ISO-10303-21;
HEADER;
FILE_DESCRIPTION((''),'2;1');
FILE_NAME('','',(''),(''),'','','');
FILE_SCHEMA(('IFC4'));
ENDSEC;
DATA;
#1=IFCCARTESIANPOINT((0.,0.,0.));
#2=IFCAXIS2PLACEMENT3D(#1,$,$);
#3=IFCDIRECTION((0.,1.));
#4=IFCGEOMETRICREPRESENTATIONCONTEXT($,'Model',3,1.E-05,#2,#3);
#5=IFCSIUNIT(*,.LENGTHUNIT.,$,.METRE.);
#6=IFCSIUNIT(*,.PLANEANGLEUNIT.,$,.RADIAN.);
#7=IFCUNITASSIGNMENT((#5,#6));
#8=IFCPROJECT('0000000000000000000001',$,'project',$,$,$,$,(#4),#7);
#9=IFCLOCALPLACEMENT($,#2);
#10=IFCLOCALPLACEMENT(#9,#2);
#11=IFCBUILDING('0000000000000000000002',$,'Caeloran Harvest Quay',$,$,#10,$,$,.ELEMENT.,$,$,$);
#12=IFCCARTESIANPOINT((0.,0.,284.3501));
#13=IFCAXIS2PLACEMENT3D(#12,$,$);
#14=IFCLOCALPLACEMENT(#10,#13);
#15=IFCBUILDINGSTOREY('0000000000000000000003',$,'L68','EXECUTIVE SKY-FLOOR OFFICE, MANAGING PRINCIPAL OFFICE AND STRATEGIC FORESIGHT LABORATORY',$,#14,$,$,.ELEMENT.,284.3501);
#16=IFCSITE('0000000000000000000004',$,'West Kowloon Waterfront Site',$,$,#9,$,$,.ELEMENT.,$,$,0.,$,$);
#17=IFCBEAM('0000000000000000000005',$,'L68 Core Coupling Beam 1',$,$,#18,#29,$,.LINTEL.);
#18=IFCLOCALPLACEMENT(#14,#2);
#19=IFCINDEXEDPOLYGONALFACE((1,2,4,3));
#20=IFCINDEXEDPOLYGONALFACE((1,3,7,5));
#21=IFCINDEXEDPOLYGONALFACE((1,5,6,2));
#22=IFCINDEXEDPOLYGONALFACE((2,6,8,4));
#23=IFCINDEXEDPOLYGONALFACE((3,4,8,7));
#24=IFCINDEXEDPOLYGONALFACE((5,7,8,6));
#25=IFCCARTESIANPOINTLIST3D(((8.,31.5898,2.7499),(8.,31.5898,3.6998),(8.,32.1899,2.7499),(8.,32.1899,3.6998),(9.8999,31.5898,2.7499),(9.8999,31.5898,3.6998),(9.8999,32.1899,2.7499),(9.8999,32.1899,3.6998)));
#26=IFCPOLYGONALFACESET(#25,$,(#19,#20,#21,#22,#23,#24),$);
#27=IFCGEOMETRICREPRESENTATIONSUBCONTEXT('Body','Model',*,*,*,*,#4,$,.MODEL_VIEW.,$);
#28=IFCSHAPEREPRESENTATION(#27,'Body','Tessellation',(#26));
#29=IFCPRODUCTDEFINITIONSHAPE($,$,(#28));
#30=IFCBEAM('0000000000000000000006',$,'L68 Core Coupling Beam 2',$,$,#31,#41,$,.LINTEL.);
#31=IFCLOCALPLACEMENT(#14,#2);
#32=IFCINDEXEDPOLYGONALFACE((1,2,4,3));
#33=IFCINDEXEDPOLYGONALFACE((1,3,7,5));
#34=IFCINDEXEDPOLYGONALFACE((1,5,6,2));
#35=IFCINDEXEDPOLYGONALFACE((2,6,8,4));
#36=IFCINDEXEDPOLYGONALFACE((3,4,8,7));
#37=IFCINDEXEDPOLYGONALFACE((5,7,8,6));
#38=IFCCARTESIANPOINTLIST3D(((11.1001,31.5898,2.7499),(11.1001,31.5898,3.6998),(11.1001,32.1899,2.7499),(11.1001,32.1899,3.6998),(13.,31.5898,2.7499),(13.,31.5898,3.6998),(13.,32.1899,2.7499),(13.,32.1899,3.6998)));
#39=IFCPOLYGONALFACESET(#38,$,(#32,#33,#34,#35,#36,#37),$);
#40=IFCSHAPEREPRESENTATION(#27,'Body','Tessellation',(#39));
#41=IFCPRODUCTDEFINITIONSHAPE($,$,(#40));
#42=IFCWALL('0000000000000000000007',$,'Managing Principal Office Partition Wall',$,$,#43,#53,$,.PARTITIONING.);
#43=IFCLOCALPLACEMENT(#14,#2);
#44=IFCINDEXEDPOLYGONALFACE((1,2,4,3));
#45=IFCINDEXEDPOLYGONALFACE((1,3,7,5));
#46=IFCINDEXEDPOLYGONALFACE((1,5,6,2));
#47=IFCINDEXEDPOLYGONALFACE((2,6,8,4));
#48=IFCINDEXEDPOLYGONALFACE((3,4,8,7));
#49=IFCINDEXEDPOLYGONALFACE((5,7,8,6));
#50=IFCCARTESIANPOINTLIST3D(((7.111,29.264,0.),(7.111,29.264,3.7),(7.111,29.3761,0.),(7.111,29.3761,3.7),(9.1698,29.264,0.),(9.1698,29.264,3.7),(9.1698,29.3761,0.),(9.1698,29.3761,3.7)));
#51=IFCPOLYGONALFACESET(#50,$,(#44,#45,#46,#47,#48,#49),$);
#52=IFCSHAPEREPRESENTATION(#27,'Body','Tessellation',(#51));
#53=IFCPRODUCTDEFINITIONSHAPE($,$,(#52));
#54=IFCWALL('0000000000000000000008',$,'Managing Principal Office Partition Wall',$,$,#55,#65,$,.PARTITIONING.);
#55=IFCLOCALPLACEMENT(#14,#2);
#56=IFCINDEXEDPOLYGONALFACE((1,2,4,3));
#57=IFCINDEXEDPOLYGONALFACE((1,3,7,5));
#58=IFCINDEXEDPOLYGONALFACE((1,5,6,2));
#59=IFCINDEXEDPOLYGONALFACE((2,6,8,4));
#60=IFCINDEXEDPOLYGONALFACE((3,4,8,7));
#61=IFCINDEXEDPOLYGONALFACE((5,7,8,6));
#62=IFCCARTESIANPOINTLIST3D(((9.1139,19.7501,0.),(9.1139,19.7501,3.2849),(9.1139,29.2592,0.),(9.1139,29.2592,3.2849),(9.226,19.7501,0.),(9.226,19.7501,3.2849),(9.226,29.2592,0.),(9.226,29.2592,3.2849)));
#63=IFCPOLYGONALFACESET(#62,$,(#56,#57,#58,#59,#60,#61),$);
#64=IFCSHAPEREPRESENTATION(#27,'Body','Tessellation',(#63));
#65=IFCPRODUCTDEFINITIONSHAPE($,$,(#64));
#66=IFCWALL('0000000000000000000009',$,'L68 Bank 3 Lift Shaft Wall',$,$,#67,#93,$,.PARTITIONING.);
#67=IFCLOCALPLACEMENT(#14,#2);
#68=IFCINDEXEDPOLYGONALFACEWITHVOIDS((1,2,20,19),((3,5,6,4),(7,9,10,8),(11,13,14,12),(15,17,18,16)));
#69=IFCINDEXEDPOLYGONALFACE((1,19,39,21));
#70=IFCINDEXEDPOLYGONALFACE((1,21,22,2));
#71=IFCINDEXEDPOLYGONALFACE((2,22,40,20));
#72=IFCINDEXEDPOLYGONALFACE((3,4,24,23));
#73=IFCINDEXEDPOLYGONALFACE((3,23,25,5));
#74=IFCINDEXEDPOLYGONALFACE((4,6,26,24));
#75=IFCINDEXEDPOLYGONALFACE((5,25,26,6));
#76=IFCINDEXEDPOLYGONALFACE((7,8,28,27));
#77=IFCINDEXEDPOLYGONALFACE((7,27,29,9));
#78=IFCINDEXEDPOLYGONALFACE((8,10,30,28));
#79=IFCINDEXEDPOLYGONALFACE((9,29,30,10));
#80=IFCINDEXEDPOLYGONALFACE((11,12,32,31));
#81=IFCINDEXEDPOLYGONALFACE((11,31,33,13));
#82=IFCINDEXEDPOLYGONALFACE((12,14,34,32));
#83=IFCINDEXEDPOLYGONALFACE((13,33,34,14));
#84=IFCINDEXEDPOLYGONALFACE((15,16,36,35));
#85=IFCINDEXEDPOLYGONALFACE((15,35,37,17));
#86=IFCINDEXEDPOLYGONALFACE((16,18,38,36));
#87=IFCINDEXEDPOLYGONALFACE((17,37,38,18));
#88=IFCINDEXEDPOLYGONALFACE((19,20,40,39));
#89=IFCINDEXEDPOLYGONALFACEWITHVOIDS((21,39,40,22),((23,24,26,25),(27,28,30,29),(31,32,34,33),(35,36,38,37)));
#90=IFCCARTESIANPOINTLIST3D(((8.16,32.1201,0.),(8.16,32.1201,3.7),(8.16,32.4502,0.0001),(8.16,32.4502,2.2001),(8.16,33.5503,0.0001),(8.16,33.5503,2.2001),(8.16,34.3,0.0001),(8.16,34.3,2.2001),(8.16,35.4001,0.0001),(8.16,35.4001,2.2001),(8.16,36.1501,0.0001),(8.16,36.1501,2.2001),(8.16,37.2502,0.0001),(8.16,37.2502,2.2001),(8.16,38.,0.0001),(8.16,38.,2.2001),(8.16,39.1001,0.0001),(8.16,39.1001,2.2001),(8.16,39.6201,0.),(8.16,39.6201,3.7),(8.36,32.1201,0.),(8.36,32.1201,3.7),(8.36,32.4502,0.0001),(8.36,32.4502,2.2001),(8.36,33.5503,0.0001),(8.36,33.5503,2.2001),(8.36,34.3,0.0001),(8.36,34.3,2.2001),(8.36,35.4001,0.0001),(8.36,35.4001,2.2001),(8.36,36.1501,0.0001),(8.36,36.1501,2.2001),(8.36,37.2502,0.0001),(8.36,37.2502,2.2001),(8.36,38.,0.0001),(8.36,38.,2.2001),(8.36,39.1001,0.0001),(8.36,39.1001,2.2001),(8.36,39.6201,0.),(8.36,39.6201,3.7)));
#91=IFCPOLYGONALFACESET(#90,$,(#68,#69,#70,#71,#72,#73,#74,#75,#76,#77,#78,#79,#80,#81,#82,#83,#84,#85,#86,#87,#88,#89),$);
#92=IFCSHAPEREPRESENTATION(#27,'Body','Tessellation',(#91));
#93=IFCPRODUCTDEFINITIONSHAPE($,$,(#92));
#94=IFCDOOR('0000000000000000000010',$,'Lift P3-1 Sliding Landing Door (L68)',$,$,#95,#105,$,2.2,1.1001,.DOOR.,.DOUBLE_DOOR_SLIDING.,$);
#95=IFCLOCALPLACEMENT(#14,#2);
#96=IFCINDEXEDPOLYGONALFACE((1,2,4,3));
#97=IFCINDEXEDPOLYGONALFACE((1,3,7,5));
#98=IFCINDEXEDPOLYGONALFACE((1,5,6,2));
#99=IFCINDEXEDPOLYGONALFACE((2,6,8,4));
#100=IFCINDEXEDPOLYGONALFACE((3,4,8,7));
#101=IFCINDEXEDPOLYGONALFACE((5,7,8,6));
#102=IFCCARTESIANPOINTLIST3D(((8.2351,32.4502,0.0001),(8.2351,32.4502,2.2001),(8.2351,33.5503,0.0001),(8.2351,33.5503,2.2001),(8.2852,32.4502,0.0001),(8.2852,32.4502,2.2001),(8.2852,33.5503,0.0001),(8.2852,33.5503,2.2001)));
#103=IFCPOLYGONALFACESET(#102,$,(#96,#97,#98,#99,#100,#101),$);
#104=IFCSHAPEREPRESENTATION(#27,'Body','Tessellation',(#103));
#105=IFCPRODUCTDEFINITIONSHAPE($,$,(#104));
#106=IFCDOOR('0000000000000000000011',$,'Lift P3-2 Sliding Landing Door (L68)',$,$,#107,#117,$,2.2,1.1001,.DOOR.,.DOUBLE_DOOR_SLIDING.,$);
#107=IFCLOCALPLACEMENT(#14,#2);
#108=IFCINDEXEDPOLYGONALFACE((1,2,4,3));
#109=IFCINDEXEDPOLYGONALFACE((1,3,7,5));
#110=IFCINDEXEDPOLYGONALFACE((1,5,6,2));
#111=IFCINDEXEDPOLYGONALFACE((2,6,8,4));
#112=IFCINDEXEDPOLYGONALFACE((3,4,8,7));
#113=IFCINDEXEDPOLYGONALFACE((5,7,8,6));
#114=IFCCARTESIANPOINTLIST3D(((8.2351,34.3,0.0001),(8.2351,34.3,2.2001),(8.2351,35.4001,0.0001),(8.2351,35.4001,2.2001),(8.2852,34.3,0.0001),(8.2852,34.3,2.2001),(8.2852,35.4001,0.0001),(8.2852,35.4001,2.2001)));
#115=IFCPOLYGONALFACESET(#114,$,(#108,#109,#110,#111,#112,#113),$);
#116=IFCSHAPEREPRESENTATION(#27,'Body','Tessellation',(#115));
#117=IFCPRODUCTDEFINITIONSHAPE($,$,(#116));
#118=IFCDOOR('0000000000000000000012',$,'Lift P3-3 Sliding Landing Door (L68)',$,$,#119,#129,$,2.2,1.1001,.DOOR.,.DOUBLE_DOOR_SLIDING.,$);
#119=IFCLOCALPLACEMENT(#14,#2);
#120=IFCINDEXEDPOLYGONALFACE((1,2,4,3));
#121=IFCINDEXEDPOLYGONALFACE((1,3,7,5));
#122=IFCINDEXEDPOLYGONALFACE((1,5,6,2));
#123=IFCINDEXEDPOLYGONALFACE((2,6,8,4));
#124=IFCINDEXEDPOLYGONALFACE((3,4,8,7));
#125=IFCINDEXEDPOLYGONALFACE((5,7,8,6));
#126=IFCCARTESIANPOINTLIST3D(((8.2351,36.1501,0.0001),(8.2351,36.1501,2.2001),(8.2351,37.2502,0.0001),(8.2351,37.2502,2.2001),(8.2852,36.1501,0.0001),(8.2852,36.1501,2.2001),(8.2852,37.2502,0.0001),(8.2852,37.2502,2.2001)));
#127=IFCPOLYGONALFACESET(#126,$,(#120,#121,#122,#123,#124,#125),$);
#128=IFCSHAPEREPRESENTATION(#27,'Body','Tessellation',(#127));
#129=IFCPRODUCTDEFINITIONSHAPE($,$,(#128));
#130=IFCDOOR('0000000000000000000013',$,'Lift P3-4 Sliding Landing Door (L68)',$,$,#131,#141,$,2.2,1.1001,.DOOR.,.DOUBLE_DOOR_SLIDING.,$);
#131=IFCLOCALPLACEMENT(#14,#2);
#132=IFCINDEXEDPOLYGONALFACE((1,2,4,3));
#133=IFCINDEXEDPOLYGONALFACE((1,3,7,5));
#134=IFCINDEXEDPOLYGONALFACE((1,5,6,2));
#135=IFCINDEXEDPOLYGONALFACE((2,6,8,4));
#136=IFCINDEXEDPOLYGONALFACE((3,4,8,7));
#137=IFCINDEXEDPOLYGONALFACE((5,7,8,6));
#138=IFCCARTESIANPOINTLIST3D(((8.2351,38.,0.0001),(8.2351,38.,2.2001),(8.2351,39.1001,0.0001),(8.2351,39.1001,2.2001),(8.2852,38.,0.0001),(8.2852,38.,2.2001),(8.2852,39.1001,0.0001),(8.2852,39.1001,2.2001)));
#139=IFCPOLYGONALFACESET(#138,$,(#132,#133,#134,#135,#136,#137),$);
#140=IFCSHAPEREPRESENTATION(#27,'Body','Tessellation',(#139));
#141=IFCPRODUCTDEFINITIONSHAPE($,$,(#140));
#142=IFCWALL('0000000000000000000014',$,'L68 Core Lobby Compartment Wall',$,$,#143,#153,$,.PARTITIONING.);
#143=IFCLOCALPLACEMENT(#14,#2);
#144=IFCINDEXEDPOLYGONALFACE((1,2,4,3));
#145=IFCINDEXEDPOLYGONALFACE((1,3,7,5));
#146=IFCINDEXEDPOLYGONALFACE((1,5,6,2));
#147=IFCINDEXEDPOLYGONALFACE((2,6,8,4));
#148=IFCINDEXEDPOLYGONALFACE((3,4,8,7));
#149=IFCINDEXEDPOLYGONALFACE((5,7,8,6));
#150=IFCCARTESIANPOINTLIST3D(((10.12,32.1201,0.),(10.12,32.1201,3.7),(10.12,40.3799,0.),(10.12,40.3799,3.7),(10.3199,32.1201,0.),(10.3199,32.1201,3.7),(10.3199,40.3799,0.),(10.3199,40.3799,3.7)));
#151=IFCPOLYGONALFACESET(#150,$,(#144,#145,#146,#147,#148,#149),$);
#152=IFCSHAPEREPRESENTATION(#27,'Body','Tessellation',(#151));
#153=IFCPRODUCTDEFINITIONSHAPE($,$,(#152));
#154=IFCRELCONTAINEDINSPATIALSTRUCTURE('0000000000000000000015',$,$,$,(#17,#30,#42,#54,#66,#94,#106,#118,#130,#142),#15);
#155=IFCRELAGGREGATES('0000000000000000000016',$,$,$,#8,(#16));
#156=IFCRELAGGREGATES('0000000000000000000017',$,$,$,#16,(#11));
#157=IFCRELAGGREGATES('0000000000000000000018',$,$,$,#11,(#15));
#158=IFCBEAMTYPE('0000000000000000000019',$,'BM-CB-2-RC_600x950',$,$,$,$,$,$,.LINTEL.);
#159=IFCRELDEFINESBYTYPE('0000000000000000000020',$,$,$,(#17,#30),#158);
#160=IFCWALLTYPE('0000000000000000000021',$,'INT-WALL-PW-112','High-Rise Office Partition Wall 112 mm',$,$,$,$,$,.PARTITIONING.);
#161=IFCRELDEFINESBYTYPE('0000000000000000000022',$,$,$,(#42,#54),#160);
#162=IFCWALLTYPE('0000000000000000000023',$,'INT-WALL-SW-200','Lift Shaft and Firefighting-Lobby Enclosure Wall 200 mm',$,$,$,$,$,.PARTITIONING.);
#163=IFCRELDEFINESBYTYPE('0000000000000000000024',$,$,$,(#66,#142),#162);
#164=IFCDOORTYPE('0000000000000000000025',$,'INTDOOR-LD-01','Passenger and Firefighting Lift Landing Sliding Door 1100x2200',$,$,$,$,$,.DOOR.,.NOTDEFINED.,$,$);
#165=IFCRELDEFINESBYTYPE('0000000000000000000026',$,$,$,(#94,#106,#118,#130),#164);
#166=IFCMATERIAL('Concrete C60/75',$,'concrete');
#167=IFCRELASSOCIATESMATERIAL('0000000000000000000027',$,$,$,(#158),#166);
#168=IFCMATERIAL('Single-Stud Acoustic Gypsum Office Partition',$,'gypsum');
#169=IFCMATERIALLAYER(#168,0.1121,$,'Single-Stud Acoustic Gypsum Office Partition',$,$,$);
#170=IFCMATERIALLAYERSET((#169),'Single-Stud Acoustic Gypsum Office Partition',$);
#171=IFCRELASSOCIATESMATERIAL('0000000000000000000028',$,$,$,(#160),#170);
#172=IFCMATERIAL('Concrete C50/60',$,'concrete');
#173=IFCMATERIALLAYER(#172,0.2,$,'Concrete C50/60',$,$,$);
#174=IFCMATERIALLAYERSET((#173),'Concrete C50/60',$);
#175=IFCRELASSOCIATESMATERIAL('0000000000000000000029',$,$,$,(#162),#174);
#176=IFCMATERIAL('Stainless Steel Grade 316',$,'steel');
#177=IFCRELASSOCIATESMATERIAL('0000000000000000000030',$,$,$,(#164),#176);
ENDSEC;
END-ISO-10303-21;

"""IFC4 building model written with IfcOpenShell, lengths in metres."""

from ifc_helpers import new_model, si_unit, direction, frame, frame_2d, origin, origin_2d, place, context, subcontext, project, spatial, rectangle, extrude, material, layer, layer_set, material_profile, profile_set, type_object, element, fill, save


model = new_model("IFC4")

# Units and contexts
model_context = context("Model", 3, precision=1e-05, world=origin(), true_north=direction((0.0, 1.0)))
body_context = subcontext(model_context, "Body", "Model", "MODEL_VIEW")
ifc_project = project(units=[si_unit("LENGTHUNIT", "METRE"), si_unit("PLANEANGLEUNIT", "RADIAN")], contexts=[model_context])

# Site, building, storey
site_placement = place(None, origin())
site = spatial("IfcSite", under=ifc_project, at=site_placement, Name="West Kowloon Waterfront Site", CompositionType="ELEMENT", RefElevation=0.0)
building_placement = place(site_placement, origin())
building = spatial("IfcBuilding", under=site, at=building_placement, Name="Caeloran Harvest Quay", CompositionType="ELEMENT")
storey_placement = place(building_placement, frame((0.0, 0.0, 284.3501)))
storey = spatial("IfcBuildingStorey", under=building, at=storey_placement, Name="L68", Description="EXECUTIVE SKY-FLOOR OFFICE, MANAGING PRINCIPAL OFFICE AND STRATEGIC FORESIGHT LABORATORY", CompositionType="ELEMENT", Elevation=284.3501)

# Beams
ifc_material_1 = material(Name="Concrete C60/75", Category="concrete")
ifc_material_profile = material_profile(ifc_material_1, rectangle(XDim=0.6001, YDim=0.95, at=origin_2d()), Name="RC 600x950")
ifc_profile_set = profile_set([ifc_material_profile], Name="Concrete C60/75")
beam_type = type_object("IfcBeamType", Name="BM-CB-2-RC_600x950", PredefinedType="LINTEL", material=ifc_profile_set)
for number, where, z_axis, x_axis, name in (
    (1, (8.0, 31.8899, 3.2249), (1.0, 0.0, 0.0), (0.0, 1.0, 0.0), "L68 Core Coupling Beam 1"),
    (2, (11.1001, 31.8899, 3.2249), (1.0, 0.0, 0.0), (0.0, 1.0, 0.0), "L68 Core Coupling Beam 2"),
):
    element("IfcBeam", number, at=place(storey_placement, frame(where, z_axis=z_axis, x_axis=x_axis)), inside=storey, type_object=beam_type, Name=name, PredefinedType="LINTEL", context=body_context, shape_type="SweptSolid", body=[
        extrude(rectangle(XDim=0.6001, YDim=0.95, at=origin_2d()), origin(), (0.0, 0.0, 1.0), 1.8999),
    ])

# Walls
ifc_material_2 = material(Name="Single-Stud Acoustic Gypsum Office Partition", Category="gypsum")
ifc_layer_1 = layer(ifc_material_2, 0.1121, Name="Single-Stud Acoustic Gypsum Office Partition")
ifc_layer_set_1 = layer_set([ifc_layer_1], Name="Single-Stud Acoustic Gypsum Office Partition")
wall_type_1 = type_object("IfcWallType", Name="INT-WALL-PW-112", Description="High-Rise Office Partition Wall 112 mm", PredefinedType="PARTITIONING", material=ifc_layer_set_1)
wall_1_placement = place(storey_placement, frame((7.1111, 29.3201, 0.0), z_axis=(0.0, 0.0, 1.0), x_axis=(1.0, 0.0, 0.0)))
element("IfcWall", 3, at=wall_1_placement, inside=storey, type_object=wall_type_1, Name="Managing Principal Office Partition Wall", PredefinedType="PARTITIONING", context=body_context, shape_type="SweptSolid", body=[
    extrude(rectangle(XDim=2.0588, YDim=0.1121, at=frame_2d((1.0293, 0.0))), origin(), (0.0, 0.0, 1.0), 3.7),
])
wall_2_placement = place(storey_placement, frame((9.1699, 29.259, 0.0), z_axis=(0.0, 0.0, 1.0), x_axis=(0.0, -1.0, 0.0)))
element("IfcWall", 4, at=wall_2_placement, inside=storey, type_object=wall_type_1, Name="Managing Principal Office Partition Wall", PredefinedType="PARTITIONING", context=body_context, shape_type="SweptSolid", body=[
    extrude(rectangle(XDim=9.509, YDim=0.1121, at=frame_2d((4.7544, 0.0))), origin(), (0.0, 0.0, 1.0), 3.2849),
])

# Wall, openings, doors
ifc_material_3 = material(Name="Concrete C50/60", Category="concrete")
ifc_layer_2 = layer(ifc_material_3, 0.2, Name="Concrete C50/60")
ifc_layer_set_2 = layer_set([ifc_layer_2], Name="Concrete C50/60")
wall_type_2 = type_object("IfcWallType", Name="INT-WALL-SW-200", Description="Lift Shaft and Firefighting-Lobby Enclosure Wall 200 mm", PredefinedType="PARTITIONING", material=ifc_layer_set_2)
wall_3_placement = place(storey_placement, frame((8.26, 32.1201, 0.0), z_axis=(0.0, 0.0, 1.0), x_axis=(0.0, 1.0, 0.0)))
wall_3 = element("IfcWall", 5, at=wall_3_placement, inside=storey, type_object=wall_type_2, Name="L68 Bank 3 Lift Shaft Wall", PredefinedType="PARTITIONING", context=body_context, shape_type="SweptSolid", body=[
    extrude(rectangle(XDim=7.5, YDim=0.2, at=frame_2d((3.75, 0.0))), origin(), (0.0, 0.0, 1.0), 3.7),
])
opening_1_placement = place(wall_3_placement, frame((0.3301, 0.0, 0.0)))
opening_1 = element("IfcOpeningElement", 6, at=opening_1_placement, cuts=wall_3, PredefinedType="OPENING", context=body_context, shape_type="SweptSolid", body=[
    extrude(rectangle(XDim=1.1001, YDim=2.2, at=frame_2d((0.55, 1.1001))), frame((0.0, 0.1099, 0.0), z_axis=(0.0, -1.0, 0.0), x_axis=(1.0, 0.0, 0.0)), (0.0, 0.0, 1.0), 0.22),
])
opening_2_placement = place(wall_3_placement, frame((2.1799, 0.0, 0.0)))
opening_2 = element("IfcOpeningElement", 7, at=opening_2_placement, cuts=wall_3, PredefinedType="OPENING", context=body_context, shape_type="SweptSolid", body=[
    extrude(rectangle(XDim=1.1001, YDim=2.2, at=frame_2d((0.55, 1.1001))), frame((0.0, 0.1099, 0.0), z_axis=(0.0, -1.0, 0.0), x_axis=(1.0, 0.0, 0.0)), (0.0, 0.0, 1.0), 0.22),
])
opening_3_placement = place(wall_3_placement, frame((4.03, 0.0, 0.0)))
opening_3 = element("IfcOpeningElement", 8, at=opening_3_placement, cuts=wall_3, PredefinedType="OPENING", context=body_context, shape_type="SweptSolid", body=[
    extrude(rectangle(XDim=1.1001, YDim=2.2, at=frame_2d((0.55, 1.1001))), frame((0.0, 0.1099, 0.0), z_axis=(0.0, -1.0, 0.0), x_axis=(1.0, 0.0, 0.0)), (0.0, 0.0, 1.0), 0.22),
])
opening_4_placement = place(wall_3_placement, frame((5.8799, 0.0, 0.0)))
opening_4 = element("IfcOpeningElement", 9, at=opening_4_placement, cuts=wall_3, PredefinedType="OPENING", context=body_context, shape_type="SweptSolid", body=[
    extrude(rectangle(XDim=1.1001, YDim=2.2, at=frame_2d((0.55, 1.1001))), frame((0.0, 0.1099, 0.0), z_axis=(0.0, -1.0, 0.0), x_axis=(1.0, 0.0, 0.0)), (0.0, 0.0, 1.0), 0.22),
])
ifc_material_4 = material(Name="Stainless Steel Grade 316", Category="steel")
door_type_1 = type_object("IfcDoorType", Name="INTDOOR-LD-01", Description="Passenger and Firefighting Lift Landing Sliding Door 1100x2200", OperationType="NOTDEFINED", PredefinedType="DOOR", material=ifc_material_4)
door_1_placement = place(opening_1_placement, origin())
door_1 = element("IfcDoor", 10, at=door_1_placement, inside=storey, type_object=door_type_1, Name="Lift P3-1 Sliding Landing Door (L68)", OperationType="DOUBLE_DOOR_SLIDING", OverallHeight=2.2, OverallWidth=1.1001, PredefinedType="DOOR", context=body_context, shape_type="SweptSolid", body=[
    extrude(rectangle(XDim=1.1001, YDim=2.2, at=frame_2d((0.55, 1.1001))), frame((0.0, 0.0249, 0.0), z_axis=(0.0, -1.0, 0.0), x_axis=(1.0, 0.0, 0.0)), (0.0, 0.0, 1.0), 0.05),
])
fill(opening_1, door_1)
door_2_placement = place(opening_2_placement, origin())
door_2 = element("IfcDoor", 11, at=door_2_placement, inside=storey, type_object=door_type_1, Name="Lift P3-2 Sliding Landing Door (L68)", OperationType="DOUBLE_DOOR_SLIDING", OverallHeight=2.2, OverallWidth=1.1001, PredefinedType="DOOR", context=body_context, shape_type="SweptSolid", body=[
    extrude(rectangle(XDim=1.1001, YDim=2.2, at=frame_2d((0.55, 1.1001))), frame((0.0, 0.0249, 0.0), z_axis=(0.0, -1.0, 0.0), x_axis=(1.0, 0.0, 0.0)), (0.0, 0.0, 1.0), 0.05),
])
fill(opening_2, door_2)
door_3_placement = place(opening_3_placement, origin())
door_3 = element("IfcDoor", 12, at=door_3_placement, inside=storey, type_object=door_type_1, Name="Lift P3-3 Sliding Landing Door (L68)", OperationType="DOUBLE_DOOR_SLIDING", OverallHeight=2.2, OverallWidth=1.1001, PredefinedType="DOOR", context=body_context, shape_type="SweptSolid", body=[
    extrude(rectangle(XDim=1.1001, YDim=2.2, at=frame_2d((0.55, 1.1001))), frame((0.0, 0.0249, 0.0), z_axis=(0.0, -1.0, 0.0), x_axis=(1.0, 0.0, 0.0)), (0.0, 0.0, 1.0), 0.05),
])
fill(opening_3, door_3)
door_4_placement = place(opening_4_placement, origin())
door_4 = element("IfcDoor", 13, at=door_4_placement, inside=storey, type_object=door_type_1, Name="Lift P3-4 Sliding Landing Door (L68)", OperationType="DOUBLE_DOOR_SLIDING", OverallHeight=2.2, OverallWidth=1.1001, PredefinedType="DOOR", context=body_context, shape_type="SweptSolid", body=[
    extrude(rectangle(XDim=1.1001, YDim=2.2, at=frame_2d((0.55, 1.1001))), frame((0.0, 0.0249, 0.0), z_axis=(0.0, -1.0, 0.0), x_axis=(1.0, 0.0, 0.0)), (0.0, 0.0, 1.0), 0.05),
])
fill(opening_4, door_4)

# Wall
wall_4_placement = place(storey_placement, frame((10.22, 32.1201, 0.0), z_axis=(0.0, 0.0, 1.0), x_axis=(0.0, 1.0, 0.0)))
element("IfcWall", 14, at=wall_4_placement, inside=storey, type_object=wall_type_2, Name="L68 Core Lobby Compartment Wall", PredefinedType="PARTITIONING", context=body_context, shape_type="SweptSolid", body=[
    extrude(rectangle(XDim=8.2598, YDim=0.2, at=frame_2d((4.1299, 0.0))), origin(), (0.0, 0.0, 1.0), 3.7),
])

save(model, "model.ifc")
